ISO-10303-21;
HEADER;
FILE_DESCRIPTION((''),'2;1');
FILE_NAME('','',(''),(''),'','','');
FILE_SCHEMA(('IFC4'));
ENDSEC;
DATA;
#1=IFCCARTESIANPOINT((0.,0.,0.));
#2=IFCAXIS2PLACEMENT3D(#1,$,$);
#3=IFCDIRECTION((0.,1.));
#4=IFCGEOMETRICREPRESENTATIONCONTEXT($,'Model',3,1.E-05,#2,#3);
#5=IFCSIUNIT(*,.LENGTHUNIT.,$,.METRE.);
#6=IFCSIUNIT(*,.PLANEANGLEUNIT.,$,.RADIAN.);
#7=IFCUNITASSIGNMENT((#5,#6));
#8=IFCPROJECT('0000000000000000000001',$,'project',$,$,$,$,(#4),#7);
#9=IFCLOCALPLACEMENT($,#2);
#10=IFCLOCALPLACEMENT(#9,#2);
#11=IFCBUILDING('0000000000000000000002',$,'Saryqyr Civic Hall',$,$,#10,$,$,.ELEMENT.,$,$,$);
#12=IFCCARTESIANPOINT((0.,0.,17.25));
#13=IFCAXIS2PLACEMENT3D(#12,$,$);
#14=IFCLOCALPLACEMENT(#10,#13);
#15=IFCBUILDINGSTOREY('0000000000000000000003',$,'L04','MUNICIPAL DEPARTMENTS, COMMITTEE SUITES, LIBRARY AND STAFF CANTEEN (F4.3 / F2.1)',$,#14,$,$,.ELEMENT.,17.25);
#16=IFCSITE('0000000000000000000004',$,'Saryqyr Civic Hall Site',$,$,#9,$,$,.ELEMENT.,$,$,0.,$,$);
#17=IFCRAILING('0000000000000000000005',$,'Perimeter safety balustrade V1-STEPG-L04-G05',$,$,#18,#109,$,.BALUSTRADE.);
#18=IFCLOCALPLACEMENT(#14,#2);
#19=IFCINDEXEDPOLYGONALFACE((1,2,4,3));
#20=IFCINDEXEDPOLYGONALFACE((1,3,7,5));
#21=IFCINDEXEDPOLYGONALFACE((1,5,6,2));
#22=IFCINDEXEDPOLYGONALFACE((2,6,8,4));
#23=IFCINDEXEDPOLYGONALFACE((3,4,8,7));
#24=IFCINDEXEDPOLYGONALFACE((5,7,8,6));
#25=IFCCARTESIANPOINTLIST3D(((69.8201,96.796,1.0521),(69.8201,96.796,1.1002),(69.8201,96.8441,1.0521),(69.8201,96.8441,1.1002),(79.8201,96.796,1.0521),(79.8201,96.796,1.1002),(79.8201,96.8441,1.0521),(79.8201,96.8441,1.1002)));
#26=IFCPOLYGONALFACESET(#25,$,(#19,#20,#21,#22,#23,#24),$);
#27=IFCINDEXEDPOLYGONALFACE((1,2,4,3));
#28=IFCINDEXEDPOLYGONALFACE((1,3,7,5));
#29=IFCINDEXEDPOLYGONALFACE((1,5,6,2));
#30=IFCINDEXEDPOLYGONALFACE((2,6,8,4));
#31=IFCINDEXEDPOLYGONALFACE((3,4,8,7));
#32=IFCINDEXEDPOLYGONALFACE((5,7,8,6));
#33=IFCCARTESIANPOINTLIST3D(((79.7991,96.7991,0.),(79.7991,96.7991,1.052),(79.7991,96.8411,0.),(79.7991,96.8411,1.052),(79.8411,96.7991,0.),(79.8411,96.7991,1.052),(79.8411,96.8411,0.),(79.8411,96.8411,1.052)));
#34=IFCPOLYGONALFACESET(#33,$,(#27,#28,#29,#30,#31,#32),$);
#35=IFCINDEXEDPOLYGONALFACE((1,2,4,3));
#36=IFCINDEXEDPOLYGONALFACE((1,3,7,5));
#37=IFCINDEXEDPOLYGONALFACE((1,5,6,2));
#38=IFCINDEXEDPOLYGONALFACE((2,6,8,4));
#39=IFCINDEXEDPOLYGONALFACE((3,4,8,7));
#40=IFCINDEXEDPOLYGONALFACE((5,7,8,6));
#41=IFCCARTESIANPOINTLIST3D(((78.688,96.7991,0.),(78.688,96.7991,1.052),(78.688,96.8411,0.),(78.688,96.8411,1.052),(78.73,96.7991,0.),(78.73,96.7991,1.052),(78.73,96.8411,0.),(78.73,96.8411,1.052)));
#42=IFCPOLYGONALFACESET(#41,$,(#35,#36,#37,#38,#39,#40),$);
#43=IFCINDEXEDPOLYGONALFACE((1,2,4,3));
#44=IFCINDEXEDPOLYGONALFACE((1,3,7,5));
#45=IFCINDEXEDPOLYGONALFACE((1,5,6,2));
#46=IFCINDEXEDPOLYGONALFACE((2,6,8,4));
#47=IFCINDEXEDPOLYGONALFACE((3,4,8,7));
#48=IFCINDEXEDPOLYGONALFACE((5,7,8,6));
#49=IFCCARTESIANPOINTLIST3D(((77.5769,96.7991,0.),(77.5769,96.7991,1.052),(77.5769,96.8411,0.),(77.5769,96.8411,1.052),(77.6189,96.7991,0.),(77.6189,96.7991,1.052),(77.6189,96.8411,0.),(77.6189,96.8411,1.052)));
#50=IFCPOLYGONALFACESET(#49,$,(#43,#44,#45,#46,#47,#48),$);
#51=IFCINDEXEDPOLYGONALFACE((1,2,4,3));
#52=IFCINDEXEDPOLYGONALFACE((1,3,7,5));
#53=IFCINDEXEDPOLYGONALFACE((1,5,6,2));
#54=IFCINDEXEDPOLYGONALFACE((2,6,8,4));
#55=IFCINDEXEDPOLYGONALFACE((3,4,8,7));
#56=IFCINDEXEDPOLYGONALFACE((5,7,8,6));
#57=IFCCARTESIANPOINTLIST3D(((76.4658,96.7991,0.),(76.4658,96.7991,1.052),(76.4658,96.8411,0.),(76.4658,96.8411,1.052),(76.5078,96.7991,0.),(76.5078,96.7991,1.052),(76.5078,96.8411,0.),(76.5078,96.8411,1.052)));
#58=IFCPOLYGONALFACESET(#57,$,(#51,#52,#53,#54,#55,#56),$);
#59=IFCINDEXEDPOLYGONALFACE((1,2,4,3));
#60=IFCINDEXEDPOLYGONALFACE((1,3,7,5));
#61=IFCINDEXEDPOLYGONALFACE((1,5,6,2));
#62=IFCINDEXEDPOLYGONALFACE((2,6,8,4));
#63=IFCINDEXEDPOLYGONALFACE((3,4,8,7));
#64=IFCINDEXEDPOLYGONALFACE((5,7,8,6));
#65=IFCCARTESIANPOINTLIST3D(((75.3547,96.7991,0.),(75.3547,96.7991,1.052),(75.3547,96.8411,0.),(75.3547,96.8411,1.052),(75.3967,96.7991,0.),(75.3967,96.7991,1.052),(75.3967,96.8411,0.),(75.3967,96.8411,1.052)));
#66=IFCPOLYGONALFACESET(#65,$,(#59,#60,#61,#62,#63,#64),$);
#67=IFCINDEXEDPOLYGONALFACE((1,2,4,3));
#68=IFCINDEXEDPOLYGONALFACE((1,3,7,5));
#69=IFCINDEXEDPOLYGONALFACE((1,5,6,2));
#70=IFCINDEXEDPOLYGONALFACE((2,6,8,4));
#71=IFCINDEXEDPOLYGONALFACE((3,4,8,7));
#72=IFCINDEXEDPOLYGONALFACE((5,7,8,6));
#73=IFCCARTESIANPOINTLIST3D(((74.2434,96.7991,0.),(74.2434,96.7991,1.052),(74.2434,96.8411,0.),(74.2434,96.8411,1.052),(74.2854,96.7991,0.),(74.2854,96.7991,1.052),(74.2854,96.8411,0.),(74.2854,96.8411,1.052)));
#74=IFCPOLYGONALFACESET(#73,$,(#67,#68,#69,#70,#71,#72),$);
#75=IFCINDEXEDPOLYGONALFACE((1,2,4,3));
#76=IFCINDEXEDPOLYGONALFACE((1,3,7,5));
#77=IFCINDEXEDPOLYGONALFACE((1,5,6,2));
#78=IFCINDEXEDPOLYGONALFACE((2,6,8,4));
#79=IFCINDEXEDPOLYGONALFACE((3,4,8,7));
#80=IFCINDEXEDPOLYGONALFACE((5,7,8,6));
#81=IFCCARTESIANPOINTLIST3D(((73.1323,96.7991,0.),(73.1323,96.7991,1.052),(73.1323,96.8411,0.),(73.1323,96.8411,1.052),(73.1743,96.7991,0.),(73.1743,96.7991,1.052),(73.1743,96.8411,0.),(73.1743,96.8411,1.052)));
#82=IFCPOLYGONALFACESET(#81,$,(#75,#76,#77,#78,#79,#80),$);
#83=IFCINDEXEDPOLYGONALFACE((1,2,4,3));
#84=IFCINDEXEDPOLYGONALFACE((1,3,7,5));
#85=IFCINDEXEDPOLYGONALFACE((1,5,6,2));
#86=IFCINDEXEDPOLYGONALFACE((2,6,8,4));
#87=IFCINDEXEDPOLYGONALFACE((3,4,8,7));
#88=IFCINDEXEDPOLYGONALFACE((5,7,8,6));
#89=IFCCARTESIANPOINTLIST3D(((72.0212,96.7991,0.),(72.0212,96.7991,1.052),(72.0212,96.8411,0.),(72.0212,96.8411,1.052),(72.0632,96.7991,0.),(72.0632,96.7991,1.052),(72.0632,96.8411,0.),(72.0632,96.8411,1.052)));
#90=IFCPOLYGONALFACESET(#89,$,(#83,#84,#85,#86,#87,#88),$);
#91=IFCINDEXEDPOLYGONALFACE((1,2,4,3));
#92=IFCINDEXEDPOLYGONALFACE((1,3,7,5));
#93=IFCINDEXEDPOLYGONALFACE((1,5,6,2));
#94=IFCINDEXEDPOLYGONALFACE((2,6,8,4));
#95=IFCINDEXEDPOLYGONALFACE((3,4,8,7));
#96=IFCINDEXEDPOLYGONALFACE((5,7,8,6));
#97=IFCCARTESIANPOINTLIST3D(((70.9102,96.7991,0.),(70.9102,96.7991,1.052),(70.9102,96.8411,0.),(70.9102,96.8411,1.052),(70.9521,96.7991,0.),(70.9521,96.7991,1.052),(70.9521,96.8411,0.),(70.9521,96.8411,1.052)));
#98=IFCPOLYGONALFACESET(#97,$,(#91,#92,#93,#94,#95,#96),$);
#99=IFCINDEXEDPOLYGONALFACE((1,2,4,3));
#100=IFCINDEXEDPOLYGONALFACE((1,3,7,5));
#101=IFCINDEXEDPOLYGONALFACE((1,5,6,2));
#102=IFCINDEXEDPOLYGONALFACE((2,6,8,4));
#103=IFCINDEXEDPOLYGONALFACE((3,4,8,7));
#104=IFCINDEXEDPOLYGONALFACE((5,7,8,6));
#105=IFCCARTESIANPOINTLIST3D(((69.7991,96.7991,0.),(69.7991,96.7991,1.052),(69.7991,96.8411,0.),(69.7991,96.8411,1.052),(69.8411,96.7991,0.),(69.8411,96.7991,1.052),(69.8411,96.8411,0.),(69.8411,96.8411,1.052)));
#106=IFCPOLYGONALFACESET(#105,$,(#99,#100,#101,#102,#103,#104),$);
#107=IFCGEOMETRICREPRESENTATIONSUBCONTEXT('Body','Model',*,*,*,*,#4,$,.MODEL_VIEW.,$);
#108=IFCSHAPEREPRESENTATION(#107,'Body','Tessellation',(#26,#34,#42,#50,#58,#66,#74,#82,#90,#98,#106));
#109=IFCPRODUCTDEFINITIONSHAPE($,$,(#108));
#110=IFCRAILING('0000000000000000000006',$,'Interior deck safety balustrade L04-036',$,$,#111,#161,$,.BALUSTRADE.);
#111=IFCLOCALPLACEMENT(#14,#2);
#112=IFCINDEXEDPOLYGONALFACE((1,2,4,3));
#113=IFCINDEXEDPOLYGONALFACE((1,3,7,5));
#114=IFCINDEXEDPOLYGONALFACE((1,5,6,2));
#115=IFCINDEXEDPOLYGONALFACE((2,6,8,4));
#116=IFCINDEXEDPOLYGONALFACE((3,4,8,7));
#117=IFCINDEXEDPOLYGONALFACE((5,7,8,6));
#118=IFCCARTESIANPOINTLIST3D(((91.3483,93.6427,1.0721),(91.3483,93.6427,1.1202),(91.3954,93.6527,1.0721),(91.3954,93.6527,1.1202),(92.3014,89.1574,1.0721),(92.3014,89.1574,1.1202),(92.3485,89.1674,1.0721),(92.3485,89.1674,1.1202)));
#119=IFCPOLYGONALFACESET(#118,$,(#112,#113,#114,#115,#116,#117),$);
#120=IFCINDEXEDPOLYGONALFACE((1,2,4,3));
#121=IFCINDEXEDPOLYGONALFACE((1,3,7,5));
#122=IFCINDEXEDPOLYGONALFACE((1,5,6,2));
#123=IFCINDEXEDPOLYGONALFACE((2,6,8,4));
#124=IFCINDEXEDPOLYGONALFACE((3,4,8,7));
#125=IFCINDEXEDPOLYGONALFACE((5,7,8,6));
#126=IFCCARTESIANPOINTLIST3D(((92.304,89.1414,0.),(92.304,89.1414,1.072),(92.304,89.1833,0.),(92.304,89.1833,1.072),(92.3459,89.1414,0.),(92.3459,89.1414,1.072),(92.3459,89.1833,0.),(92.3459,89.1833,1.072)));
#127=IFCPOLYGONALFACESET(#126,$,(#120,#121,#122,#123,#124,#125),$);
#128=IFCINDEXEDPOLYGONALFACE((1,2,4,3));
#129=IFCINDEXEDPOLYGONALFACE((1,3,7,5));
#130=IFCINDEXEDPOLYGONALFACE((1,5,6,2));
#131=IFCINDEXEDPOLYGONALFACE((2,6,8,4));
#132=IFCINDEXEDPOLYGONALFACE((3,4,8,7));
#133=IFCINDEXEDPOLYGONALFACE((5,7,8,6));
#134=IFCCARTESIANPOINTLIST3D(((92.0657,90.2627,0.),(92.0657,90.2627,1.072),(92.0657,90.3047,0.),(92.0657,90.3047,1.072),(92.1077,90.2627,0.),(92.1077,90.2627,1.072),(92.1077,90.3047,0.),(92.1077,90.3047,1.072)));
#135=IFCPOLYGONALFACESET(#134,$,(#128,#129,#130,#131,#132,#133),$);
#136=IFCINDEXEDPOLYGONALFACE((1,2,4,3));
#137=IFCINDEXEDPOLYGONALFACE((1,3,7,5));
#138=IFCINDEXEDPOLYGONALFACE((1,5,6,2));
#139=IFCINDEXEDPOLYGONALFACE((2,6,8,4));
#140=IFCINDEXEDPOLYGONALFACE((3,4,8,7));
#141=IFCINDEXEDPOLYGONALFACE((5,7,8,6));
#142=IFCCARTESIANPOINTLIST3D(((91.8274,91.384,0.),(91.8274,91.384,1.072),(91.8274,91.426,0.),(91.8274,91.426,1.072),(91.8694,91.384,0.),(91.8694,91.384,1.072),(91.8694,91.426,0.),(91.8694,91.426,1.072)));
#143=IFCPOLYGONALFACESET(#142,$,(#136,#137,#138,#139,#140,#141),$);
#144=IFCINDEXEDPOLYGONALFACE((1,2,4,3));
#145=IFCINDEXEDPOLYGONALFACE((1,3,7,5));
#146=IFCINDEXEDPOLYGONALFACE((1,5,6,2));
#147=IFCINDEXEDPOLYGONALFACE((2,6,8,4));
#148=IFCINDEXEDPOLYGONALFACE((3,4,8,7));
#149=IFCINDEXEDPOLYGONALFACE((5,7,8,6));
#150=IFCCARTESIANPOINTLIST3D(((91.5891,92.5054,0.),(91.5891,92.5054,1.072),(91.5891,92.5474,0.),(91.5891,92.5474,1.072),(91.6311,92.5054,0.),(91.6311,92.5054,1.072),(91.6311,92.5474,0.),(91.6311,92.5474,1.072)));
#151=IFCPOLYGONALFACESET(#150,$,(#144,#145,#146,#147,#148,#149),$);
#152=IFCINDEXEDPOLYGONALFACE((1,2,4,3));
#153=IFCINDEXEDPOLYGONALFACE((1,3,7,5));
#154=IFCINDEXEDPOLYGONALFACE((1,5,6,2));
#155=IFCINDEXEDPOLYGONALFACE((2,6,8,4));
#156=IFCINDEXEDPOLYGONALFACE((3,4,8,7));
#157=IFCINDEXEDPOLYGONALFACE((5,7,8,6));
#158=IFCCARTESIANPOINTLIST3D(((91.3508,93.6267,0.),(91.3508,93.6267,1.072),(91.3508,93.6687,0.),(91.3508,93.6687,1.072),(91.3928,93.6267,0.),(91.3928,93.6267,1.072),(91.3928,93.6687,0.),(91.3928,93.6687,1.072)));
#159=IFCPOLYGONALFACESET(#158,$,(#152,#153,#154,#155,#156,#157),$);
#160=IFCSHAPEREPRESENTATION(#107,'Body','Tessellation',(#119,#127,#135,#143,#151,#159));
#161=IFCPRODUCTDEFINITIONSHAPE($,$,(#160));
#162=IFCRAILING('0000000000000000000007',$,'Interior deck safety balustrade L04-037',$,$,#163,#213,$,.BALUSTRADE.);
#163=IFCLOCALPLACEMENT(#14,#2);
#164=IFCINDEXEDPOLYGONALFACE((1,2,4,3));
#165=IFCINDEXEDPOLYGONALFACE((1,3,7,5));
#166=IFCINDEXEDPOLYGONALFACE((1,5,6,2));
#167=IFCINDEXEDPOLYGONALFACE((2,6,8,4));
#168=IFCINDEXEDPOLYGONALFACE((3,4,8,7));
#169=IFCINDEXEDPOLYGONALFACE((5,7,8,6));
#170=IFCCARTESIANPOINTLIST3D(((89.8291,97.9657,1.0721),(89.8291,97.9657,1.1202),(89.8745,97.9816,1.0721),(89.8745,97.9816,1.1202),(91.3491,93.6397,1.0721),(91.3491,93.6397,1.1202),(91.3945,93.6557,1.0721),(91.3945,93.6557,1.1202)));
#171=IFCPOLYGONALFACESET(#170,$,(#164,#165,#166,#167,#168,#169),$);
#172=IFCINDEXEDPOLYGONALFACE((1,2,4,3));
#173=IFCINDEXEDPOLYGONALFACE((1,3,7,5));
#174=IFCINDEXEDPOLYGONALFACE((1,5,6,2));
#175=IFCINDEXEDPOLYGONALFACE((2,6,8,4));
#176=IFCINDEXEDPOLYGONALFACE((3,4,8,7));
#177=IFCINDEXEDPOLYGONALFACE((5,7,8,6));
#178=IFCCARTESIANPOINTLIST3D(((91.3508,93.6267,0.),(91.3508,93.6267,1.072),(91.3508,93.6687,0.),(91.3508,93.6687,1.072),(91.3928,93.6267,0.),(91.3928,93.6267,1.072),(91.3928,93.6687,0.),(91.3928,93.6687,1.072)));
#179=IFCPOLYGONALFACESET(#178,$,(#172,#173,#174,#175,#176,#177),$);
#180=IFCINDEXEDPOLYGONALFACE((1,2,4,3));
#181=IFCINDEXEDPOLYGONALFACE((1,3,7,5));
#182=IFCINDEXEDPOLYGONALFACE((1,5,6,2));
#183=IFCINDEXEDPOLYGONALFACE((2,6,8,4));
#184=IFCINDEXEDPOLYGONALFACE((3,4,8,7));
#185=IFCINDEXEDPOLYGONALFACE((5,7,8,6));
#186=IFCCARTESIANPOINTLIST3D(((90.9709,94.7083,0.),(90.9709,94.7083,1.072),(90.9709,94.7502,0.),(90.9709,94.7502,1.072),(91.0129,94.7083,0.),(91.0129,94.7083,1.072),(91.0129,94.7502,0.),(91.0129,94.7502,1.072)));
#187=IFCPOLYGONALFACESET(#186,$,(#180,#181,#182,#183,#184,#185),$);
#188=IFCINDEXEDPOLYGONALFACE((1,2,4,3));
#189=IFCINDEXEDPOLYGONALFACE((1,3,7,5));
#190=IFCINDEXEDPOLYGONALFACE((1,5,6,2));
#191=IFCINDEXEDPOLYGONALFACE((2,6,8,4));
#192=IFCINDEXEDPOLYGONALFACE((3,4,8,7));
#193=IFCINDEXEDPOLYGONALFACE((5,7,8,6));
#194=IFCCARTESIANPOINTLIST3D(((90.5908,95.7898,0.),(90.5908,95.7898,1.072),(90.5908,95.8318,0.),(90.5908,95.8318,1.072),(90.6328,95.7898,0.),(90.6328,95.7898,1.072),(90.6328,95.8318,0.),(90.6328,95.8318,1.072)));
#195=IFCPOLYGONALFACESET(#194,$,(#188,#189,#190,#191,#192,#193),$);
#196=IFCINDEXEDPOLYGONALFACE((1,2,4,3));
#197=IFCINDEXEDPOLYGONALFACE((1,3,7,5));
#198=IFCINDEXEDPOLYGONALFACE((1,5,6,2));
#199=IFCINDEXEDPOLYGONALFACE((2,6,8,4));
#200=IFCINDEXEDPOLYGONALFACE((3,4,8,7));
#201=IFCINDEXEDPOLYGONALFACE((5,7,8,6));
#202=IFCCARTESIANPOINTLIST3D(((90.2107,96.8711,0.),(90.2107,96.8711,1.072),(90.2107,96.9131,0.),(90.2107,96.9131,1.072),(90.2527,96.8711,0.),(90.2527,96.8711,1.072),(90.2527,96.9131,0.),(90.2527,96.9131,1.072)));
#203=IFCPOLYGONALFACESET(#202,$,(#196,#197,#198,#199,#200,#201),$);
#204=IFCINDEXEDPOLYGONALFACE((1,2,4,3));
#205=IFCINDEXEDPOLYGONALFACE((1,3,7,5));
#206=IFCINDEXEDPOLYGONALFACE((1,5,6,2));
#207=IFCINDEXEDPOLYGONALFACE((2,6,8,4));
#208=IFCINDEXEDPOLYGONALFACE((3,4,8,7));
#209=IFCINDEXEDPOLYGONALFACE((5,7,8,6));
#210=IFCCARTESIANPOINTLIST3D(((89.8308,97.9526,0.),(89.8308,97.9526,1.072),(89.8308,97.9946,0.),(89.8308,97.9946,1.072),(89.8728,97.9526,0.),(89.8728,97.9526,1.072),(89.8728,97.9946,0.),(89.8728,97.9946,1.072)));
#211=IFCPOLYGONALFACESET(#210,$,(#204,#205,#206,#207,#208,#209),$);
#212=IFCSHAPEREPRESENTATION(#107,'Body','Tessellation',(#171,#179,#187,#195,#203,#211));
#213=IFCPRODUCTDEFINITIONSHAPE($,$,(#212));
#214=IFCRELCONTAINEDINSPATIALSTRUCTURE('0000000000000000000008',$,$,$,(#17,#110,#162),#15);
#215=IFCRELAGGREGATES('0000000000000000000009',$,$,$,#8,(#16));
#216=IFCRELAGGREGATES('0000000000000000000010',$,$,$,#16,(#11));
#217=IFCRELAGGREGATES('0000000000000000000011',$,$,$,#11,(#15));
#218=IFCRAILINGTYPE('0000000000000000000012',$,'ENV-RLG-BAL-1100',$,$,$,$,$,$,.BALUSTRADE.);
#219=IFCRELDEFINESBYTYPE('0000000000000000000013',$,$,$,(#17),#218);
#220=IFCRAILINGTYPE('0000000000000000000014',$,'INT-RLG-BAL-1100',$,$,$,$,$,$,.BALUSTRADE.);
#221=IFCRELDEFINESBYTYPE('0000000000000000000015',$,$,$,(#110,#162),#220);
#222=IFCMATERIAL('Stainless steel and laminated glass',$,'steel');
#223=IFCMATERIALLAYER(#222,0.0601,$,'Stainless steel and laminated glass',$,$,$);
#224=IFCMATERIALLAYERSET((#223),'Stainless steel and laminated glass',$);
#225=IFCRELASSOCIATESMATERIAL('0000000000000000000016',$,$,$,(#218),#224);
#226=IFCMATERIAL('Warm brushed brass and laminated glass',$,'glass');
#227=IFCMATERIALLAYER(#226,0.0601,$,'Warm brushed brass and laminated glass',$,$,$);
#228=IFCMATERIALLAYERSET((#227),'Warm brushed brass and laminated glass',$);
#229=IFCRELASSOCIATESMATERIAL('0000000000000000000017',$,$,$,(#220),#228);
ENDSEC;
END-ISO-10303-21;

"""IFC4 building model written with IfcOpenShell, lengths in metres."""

from ifc_helpers import new_model, si_unit, direction, frame, origin, origin_2d, place, context, subcontext, project, spatial, rectangle, extrude, material, layer, layer_set, type_object, element, save


model = new_model("IFC4")

# Units and contexts
model_context = context("Model", 3, precision=1e-05, world=origin(), true_north=direction((0.0, 1.0)))
body_context = subcontext(model_context, "Body", "Model", "MODEL_VIEW")
ifc_project = project(units=[si_unit("LENGTHUNIT", "METRE"), si_unit("PLANEANGLEUNIT", "RADIAN")], contexts=[model_context])

# Site, building, storey
site_placement = place(None, origin())
site = spatial("IfcSite", under=ifc_project, at=site_placement, Name="Saryqyr Civic Hall Site", CompositionType="ELEMENT", RefElevation=0.0)
building_placement = place(site_placement, origin())
building = spatial("IfcBuilding", under=site, at=building_placement, Name="Saryqyr Civic Hall", CompositionType="ELEMENT")
storey_placement = place(building_placement, frame((0.0, 0.0, 17.25)))
storey = spatial("IfcBuildingStorey", under=building, at=storey_placement, Name="L04", Description="MUNICIPAL DEPARTMENTS, COMMITTEE SUITES, LIBRARY AND STAFF CANTEEN (F4.3 / F2.1)", CompositionType="ELEMENT", Elevation=17.25)

# Railings
ifc_material_1 = material(Name="Stainless steel and laminated glass", Category="steel")
ifc_layer_1 = layer(ifc_material_1, 0.0601, Name="Stainless steel and laminated glass")
ifc_layer_set_1 = layer_set([ifc_layer_1], Name="Stainless steel and laminated glass")
railing_type_1 = type_object("IfcRailingType", Name="ENV-RLG-BAL-1100", PredefinedType="BALUSTRADE", material=ifc_layer_set_1)
railing_1_placement = place(storey_placement, frame((79.8201, 96.8201, 0.0)))
element("IfcRailing", 1, at=railing_1_placement, inside=storey, type_object=railing_type_1, Name="Perimeter safety balustrade V1-STEPG-L04-G05", PredefinedType="BALUSTRADE", context=body_context, shape_type="SweptSolid", body=[
    extrude(rectangle(XDim=0.0481, YDim=0.0481, at=origin_2d()), frame((0.0, 0.0, 1.0762), z_axis=(-1.0, 0.0, 0.0), x_axis=(0.0, -1.0, 0.0)), (0.0, 0.0, 1.0), 10.0),
    extrude(rectangle(XDim=0.042, YDim=0.042, at=origin_2d()), origin(), (0.0, 0.0, 1.0), 1.052),
    extrude(rectangle(XDim=0.042, YDim=0.042, at=origin_2d()), frame((-1.1111, 0.0, 0.0)), (0.0, 0.0, 1.0), 1.052),
    extrude(rectangle(XDim=0.042, YDim=0.042, at=origin_2d()), frame((-2.2222, 0.0, 0.0)), (0.0, 0.0, 1.0), 1.052),
    extrude(rectangle(XDim=0.042, YDim=0.042, at=origin_2d()), frame((-3.3333, 0.0, 0.0)), (0.0, 0.0, 1.0), 1.052),
    extrude(rectangle(XDim=0.042, YDim=0.042, at=origin_2d()), frame((-4.4443, 0.0, 0.0)), (0.0, 0.0, 1.0), 1.052),
    extrude(rectangle(XDim=0.042, YDim=0.042, at=origin_2d()), frame((-5.5557, 0.0, 0.0)), (0.0, 0.0, 1.0), 1.052),
    extrude(rectangle(XDim=0.042, YDim=0.042, at=origin_2d()), frame((-6.6667, 0.0, 0.0)), (0.0, 0.0, 1.0), 1.052),
    extrude(rectangle(XDim=0.042, YDim=0.042, at=origin_2d()), frame((-7.7778, 0.0, 0.0)), (0.0, 0.0, 1.0), 1.052),
    extrude(rectangle(XDim=0.042, YDim=0.042, at=origin_2d()), frame((-8.8889, 0.0, 0.0)), (0.0, 0.0, 1.0), 1.052),
    extrude(rectangle(XDim=0.042, YDim=0.042, at=origin_2d()), frame((-10.0, 0.0, 0.0)), (0.0, 0.0, 1.0), 1.052),
])
ifc_material_2 = material(Name="Warm brushed brass and laminated glass", Category="glass")
ifc_layer_2 = layer(ifc_material_2, 0.0601, Name="Warm brushed brass and laminated glass")
ifc_layer_set_2 = layer_set([ifc_layer_2], Name="Warm brushed brass and laminated glass")
railing_type_2 = type_object("IfcRailingType", Name="INT-RLG-BAL-1100", PredefinedType="BALUSTRADE", material=ifc_layer_set_2)
railing_2_placement = place(storey_placement, frame((92.325, 89.1624, 0.0)))
element("IfcRailing", 2, at=railing_2_placement, inside=storey, type_object=railing_type_2, Name="Interior deck safety balustrade L04-036", PredefinedType="BALUSTRADE", context=body_context, shape_type="SweptSolid", body=[
    extrude(rectangle(XDim=0.0481, YDim=0.0481, at=origin_2d()), frame((0.0, 0.0, 1.0962), z_axis=(-0.207856, 0.978159, 0.0), x_axis=(-0.978159, -0.207856, 0.0)), (0.0, 0.0, 1.0), 4.5854),
    extrude(rectangle(XDim=0.042, YDim=0.042, at=origin_2d()), origin(), (0.0, 0.0, 1.0), 1.072),
    extrude(rectangle(XDim=0.042, YDim=0.042, at=origin_2d()), frame((-0.2383, 1.1213, 0.0)), (0.0, 0.0, 1.0), 1.072),
    extrude(rectangle(XDim=0.042, YDim=0.042, at=origin_2d()), frame((-0.4766, 2.2427, 0.0)), (0.0, 0.0, 1.0), 1.072),
    extrude(rectangle(XDim=0.042, YDim=0.042, at=origin_2d()), frame((-0.7148, 3.364, 0.0)), (0.0, 0.0, 1.0), 1.072),
    extrude(rectangle(XDim=0.042, YDim=0.042, at=origin_2d()), frame((-0.9531, 4.4854, 0.0)), (0.0, 0.0, 1.0), 1.072),
])
railing_3_placement = place(storey_placement, frame((91.3718, 93.6477, 0.0)))
element("IfcRailing", 3, at=railing_3_placement, inside=storey, type_object=railing_type_2, Name="Interior deck safety balustrade L04-037", PredefinedType="BALUSTRADE", context=body_context, shape_type="SweptSolid", body=[
    extrude(rectangle(XDim=0.0481, YDim=0.0481, at=origin_2d()), frame((0.0, 0.0, 1.0962), z_axis=(-0.331505, 0.943453, 0.0), x_axis=(-0.943453, -0.331505, 0.0)), (0.0, 0.0, 1.0), 4.5852),
    extrude(rectangle(XDim=0.042, YDim=0.042, at=origin_2d()), origin(), (0.0, 0.0, 1.0), 1.072),
    extrude(rectangle(XDim=0.042, YDim=0.042, at=origin_2d()), frame((-0.3799, 1.0815, 0.0)), (0.0, 0.0, 1.0), 1.072),
    extrude(rectangle(XDim=0.042, YDim=0.042, at=origin_2d()), frame((-0.76, 2.1631, 0.0)), (0.0, 0.0, 1.0), 1.072),
    extrude(rectangle(XDim=0.042, YDim=0.042, at=origin_2d()), frame((-1.1401, 3.2444, 0.0)), (0.0, 0.0, 1.0), 1.072),
    extrude(rectangle(XDim=0.042, YDim=0.042, at=origin_2d()), frame((-1.52, 4.3259, 0.0)), (0.0, 0.0, 1.0), 1.072),
])

save(model, "model.ifc")
